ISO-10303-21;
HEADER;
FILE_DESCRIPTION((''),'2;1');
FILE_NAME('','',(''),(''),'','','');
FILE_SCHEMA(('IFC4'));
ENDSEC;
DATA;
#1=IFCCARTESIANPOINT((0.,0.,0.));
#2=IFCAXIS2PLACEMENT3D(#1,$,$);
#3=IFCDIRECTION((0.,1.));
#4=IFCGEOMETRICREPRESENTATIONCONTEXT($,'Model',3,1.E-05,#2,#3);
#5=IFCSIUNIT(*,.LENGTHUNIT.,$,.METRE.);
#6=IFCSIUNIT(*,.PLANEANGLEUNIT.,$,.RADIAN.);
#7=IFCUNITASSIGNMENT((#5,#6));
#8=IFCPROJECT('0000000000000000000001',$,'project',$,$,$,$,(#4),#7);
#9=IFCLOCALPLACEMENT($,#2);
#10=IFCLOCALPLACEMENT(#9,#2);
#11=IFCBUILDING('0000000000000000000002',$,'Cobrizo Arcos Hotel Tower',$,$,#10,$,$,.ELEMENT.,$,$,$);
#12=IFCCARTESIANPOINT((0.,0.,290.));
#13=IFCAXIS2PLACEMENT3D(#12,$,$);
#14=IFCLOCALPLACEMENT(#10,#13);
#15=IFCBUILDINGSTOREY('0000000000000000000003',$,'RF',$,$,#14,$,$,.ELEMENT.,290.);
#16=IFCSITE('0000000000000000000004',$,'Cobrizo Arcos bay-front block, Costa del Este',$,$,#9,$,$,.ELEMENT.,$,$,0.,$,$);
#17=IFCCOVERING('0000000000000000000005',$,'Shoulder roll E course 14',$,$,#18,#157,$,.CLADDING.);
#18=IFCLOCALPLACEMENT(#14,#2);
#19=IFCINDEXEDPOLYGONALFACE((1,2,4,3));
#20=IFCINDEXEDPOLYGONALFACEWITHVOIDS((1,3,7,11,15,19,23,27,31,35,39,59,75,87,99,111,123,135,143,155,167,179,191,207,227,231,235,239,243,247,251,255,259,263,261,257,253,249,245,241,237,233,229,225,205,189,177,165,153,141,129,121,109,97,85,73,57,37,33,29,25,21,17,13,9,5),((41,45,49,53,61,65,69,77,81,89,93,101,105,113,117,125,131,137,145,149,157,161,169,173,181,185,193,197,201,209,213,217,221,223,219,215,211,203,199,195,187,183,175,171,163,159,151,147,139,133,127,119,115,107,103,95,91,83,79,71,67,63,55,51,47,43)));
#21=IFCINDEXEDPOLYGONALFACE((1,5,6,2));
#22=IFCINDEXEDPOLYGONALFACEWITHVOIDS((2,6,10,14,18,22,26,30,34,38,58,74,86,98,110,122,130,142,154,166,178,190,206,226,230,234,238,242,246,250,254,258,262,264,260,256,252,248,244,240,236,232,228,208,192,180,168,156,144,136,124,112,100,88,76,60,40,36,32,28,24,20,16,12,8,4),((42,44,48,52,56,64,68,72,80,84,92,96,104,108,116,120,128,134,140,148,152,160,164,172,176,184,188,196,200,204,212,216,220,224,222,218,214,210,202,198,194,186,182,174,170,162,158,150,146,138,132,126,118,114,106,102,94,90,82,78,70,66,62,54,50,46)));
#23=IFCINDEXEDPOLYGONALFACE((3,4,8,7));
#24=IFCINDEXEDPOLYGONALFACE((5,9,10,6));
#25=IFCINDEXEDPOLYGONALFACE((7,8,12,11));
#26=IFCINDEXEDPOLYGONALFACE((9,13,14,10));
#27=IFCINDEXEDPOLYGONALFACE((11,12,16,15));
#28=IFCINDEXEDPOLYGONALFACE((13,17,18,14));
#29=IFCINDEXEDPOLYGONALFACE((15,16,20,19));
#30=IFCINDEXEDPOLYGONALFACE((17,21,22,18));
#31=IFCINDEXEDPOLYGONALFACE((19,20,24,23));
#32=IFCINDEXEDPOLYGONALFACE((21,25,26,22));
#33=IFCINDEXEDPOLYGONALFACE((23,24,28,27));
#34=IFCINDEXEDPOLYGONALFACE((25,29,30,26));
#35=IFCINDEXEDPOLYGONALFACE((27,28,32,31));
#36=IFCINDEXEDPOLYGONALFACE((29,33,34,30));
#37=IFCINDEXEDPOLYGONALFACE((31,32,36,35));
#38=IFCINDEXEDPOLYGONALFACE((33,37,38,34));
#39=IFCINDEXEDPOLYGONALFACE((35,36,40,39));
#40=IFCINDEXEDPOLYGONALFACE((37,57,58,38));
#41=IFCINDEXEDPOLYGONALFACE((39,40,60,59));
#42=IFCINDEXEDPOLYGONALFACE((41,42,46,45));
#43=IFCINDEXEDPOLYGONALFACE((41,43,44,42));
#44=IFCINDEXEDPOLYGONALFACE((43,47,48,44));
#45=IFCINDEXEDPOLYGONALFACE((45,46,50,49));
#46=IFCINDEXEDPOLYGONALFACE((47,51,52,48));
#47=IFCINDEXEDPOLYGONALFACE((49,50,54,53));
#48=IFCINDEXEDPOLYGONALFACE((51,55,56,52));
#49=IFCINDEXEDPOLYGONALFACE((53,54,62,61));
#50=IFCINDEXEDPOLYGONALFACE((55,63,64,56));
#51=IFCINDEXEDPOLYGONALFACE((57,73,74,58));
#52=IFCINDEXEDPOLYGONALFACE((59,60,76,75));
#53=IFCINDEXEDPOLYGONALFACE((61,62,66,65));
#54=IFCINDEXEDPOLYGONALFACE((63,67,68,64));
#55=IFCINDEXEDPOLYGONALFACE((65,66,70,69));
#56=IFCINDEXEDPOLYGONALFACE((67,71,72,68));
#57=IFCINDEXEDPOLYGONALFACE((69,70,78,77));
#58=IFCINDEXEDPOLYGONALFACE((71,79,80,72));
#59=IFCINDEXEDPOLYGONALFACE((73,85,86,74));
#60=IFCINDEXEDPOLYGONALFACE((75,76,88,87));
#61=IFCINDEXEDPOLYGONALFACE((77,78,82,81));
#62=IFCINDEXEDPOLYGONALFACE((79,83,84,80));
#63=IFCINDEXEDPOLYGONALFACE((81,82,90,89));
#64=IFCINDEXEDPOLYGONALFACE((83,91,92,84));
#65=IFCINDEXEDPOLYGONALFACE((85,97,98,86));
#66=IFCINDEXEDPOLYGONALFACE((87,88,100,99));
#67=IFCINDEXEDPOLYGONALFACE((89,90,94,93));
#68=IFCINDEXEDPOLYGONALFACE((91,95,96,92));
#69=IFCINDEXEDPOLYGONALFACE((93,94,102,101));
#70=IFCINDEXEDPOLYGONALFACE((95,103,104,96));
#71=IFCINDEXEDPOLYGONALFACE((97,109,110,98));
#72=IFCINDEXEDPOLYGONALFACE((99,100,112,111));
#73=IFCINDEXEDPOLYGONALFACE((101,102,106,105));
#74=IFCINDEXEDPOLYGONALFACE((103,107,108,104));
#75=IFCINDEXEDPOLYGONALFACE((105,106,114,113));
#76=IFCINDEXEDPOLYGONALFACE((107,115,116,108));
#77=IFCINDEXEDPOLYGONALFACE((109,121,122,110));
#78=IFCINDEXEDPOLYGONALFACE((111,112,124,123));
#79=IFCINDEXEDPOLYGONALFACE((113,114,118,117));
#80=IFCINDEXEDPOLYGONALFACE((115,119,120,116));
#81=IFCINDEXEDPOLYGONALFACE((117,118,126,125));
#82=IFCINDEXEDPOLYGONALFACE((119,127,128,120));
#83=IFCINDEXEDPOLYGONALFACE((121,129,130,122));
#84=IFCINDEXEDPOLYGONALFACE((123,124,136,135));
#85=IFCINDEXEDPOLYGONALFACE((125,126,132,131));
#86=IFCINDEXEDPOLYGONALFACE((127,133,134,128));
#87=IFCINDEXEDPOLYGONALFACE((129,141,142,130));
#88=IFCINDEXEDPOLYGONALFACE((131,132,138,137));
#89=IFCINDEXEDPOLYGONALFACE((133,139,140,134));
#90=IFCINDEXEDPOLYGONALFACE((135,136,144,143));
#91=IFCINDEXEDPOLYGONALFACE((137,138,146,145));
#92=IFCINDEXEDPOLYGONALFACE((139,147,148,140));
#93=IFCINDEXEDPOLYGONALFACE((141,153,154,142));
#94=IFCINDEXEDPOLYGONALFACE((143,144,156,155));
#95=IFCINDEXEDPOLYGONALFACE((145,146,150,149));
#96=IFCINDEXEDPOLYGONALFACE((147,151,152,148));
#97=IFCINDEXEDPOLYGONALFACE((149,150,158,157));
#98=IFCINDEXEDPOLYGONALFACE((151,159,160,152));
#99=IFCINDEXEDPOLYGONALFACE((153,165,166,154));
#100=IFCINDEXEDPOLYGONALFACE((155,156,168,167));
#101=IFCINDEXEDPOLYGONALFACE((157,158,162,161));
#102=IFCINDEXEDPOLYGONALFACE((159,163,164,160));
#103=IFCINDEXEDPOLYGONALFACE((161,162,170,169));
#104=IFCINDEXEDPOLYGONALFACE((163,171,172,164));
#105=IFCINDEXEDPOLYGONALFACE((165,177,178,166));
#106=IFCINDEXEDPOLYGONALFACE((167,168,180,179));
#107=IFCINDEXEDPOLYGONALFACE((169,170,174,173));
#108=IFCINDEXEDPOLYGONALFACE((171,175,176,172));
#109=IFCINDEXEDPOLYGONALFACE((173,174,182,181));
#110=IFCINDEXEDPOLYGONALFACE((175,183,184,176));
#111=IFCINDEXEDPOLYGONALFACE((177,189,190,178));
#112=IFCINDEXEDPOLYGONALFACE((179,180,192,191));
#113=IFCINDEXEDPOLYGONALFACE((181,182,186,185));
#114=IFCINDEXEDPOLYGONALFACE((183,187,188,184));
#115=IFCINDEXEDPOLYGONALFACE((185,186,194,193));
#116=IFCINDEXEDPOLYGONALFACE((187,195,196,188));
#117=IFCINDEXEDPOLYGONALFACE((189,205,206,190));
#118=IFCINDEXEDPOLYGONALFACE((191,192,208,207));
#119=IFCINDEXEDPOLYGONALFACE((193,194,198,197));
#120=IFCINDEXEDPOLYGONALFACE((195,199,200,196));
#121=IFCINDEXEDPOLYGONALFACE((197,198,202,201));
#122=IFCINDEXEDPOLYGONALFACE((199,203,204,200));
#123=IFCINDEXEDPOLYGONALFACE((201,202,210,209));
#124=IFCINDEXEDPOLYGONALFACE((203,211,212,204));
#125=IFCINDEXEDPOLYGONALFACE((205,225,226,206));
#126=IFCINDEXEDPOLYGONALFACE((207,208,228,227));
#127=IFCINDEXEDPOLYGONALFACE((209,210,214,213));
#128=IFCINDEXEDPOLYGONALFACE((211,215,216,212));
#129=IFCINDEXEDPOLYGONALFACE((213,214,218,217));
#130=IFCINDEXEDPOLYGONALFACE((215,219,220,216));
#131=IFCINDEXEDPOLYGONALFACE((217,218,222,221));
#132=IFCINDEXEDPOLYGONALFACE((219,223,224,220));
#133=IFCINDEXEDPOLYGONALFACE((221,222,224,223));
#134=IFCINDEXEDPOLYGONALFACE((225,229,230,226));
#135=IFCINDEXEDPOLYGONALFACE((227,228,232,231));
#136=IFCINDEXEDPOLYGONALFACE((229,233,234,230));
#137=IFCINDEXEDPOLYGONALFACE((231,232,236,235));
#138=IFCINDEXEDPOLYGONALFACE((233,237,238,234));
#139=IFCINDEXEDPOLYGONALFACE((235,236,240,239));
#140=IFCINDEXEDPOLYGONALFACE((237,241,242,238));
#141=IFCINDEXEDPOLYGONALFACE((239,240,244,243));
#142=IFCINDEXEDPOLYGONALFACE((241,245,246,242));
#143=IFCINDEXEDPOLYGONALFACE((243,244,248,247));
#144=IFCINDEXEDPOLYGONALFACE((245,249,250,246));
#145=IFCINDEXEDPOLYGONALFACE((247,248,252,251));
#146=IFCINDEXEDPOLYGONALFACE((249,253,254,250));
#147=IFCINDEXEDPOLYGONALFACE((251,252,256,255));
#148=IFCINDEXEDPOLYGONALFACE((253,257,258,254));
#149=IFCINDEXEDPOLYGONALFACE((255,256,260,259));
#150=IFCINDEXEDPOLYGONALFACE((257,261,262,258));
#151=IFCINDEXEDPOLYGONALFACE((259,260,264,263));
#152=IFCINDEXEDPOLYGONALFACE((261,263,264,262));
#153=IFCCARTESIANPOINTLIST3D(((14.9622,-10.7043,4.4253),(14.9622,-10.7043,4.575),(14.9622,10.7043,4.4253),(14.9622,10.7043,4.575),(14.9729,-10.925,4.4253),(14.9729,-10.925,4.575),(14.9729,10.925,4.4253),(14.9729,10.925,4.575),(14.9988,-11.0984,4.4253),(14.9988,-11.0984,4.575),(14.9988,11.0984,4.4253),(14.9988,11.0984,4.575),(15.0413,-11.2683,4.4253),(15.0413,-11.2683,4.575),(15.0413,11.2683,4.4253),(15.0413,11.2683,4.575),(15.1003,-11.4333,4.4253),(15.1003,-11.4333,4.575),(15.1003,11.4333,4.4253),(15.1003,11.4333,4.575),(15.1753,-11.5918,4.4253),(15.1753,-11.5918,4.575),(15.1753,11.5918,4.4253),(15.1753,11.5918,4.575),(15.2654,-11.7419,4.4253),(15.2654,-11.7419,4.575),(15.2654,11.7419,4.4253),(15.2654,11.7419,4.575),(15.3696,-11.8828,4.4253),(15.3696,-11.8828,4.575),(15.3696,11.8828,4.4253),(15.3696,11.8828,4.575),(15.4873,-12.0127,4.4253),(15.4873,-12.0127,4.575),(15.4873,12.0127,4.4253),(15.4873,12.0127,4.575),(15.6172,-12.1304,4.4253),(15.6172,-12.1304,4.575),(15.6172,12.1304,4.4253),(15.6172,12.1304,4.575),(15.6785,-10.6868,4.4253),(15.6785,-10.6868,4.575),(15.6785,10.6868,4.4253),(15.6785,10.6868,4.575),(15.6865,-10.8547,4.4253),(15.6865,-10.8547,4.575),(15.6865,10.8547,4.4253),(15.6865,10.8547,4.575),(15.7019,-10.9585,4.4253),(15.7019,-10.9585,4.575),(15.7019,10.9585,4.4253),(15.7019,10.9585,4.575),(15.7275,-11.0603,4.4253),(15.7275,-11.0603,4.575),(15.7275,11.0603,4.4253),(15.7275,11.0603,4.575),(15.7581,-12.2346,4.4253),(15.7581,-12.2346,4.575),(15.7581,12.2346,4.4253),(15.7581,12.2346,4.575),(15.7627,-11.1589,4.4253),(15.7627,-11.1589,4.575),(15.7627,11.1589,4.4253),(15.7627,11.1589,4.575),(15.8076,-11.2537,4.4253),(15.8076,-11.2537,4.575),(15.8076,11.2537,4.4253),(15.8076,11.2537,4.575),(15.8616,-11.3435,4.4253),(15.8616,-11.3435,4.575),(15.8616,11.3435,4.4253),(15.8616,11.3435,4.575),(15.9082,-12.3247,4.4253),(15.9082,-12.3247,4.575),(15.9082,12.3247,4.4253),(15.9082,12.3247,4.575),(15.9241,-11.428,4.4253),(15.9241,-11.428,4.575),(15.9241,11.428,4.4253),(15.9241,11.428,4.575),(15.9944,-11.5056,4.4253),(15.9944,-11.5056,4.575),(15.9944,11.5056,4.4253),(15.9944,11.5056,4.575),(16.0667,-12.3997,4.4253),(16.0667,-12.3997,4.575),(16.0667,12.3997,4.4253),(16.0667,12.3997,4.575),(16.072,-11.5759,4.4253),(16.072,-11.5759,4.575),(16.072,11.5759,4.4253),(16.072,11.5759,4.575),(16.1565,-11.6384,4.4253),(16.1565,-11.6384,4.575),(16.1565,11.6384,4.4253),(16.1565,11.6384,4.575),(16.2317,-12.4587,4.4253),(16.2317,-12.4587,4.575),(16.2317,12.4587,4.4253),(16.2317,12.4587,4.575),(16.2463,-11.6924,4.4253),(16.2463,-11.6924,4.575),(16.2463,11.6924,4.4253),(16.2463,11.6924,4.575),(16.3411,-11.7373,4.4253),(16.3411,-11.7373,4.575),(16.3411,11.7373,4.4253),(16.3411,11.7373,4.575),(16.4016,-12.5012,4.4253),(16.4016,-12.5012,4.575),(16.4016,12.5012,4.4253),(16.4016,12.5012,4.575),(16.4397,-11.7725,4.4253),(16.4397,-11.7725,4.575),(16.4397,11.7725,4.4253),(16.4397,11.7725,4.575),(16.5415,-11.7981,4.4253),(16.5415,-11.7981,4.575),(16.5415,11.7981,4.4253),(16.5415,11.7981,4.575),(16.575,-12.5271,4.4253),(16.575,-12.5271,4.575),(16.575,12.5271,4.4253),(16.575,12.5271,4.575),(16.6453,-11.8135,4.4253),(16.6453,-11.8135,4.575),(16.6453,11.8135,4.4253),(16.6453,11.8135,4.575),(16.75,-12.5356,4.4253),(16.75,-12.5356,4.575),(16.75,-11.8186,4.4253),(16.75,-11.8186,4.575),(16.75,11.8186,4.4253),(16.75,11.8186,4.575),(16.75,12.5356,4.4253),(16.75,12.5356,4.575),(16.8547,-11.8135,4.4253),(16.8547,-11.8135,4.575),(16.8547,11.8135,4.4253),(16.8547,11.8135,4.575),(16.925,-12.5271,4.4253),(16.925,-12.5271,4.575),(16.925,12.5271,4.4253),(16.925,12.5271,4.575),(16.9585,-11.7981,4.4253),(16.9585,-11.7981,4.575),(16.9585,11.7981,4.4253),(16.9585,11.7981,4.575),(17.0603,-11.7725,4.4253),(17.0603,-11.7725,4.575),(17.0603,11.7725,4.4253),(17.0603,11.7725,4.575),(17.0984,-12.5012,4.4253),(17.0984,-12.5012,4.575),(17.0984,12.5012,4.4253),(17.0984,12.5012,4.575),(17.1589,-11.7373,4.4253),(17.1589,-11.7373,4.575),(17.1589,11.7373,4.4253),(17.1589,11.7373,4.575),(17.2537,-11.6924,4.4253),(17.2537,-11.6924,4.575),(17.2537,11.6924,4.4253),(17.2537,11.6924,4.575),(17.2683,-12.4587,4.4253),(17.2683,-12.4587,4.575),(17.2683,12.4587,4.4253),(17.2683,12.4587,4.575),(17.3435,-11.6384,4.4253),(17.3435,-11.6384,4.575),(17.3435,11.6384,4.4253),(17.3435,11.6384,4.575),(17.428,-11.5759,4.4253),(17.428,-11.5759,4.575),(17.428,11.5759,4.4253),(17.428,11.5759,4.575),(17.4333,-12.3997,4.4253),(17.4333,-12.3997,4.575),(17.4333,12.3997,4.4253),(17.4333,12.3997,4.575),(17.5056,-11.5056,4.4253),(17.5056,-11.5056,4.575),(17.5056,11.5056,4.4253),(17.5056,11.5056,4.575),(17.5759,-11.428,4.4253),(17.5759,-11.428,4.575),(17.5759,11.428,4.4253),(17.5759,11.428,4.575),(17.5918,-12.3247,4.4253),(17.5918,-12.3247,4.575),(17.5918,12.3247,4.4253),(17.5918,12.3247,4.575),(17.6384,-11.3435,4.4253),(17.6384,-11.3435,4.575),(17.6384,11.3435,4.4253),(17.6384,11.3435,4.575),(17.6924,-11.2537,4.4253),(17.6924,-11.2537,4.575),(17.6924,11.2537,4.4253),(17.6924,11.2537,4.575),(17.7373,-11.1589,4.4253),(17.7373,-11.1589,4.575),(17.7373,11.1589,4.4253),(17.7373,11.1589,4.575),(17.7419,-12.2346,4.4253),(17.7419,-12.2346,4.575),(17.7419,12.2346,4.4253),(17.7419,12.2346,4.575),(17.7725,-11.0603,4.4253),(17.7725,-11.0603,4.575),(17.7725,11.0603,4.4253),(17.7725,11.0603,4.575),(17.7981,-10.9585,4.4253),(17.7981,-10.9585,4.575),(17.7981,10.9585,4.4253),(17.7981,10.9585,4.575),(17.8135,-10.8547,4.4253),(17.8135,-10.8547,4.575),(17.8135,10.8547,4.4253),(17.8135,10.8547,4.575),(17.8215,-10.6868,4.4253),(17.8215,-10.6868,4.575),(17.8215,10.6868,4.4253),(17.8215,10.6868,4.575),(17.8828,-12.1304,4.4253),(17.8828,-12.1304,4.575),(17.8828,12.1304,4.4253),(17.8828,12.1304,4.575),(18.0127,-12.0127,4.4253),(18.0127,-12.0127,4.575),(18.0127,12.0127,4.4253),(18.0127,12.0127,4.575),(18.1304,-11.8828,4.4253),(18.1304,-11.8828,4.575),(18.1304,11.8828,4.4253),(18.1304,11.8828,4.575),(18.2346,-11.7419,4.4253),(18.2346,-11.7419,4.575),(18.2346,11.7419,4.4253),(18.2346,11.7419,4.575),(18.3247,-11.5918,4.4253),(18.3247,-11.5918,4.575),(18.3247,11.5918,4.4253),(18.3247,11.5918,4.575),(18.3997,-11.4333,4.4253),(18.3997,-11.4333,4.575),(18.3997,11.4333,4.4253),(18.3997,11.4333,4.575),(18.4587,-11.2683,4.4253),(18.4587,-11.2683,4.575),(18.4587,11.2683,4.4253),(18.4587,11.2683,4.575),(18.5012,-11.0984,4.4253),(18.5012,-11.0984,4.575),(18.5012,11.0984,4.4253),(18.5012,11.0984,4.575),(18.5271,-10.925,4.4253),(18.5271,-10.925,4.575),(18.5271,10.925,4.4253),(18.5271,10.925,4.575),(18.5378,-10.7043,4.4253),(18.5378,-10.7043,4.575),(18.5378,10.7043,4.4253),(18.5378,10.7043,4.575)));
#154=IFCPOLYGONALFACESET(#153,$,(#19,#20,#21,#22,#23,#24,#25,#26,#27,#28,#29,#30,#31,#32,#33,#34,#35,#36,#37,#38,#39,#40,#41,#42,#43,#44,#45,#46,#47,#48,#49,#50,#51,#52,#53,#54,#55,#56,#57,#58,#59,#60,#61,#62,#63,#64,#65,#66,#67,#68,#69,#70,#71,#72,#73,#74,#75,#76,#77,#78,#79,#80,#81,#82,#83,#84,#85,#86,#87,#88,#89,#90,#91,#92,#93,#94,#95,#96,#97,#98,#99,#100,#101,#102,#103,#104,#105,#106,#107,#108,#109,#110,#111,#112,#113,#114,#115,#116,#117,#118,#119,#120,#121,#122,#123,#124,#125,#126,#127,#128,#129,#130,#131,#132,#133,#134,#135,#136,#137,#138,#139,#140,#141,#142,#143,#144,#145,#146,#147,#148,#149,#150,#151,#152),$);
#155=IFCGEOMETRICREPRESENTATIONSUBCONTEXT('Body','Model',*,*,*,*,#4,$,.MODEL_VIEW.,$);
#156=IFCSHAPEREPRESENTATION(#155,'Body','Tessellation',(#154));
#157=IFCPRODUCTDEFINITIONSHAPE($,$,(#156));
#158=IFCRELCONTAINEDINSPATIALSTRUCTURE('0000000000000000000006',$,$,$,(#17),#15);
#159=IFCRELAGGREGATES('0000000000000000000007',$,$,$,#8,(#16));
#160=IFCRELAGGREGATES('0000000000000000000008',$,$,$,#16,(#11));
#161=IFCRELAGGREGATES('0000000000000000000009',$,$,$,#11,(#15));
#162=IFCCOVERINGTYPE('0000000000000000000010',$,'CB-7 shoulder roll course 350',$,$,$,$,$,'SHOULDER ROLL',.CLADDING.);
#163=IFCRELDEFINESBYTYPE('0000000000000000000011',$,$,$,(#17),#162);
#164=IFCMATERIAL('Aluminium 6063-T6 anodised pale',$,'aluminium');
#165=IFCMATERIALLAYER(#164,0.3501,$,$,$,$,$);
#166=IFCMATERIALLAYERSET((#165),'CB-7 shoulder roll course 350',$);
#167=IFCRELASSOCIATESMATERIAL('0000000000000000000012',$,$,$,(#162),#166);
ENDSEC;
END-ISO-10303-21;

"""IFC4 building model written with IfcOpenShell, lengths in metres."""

from ifc_helpers import new_model, si_unit, direction, frame, origin, place, context, subcontext, project, spatial, polyline, outline, extrude, material, layer, layer_set, type_object, element, save


model = new_model("IFC4")

# Units and contexts
model_context = context("Model", 3, precision=1e-05, world=origin(), true_north=direction((0.0, 1.0)))
body_context = subcontext(model_context, "Body", "Model", "MODEL_VIEW")
ifc_project = project(units=[si_unit("LENGTHUNIT", "METRE"), si_unit("PLANEANGLEUNIT", "RADIAN")], contexts=[model_context])

# Site, building, storey
site_placement = place(None, origin())
site = spatial("IfcSite", under=ifc_project, at=site_placement, Name="Cobrizo Arcos bay-front block, Costa del Este", CompositionType="ELEMENT", RefElevation=0.0)
building_placement = place(site_placement, origin())
building = spatial("IfcBuilding", under=site, at=building_placement, Name="Cobrizo Arcos Hotel Tower", CompositionType="ELEMENT")
storey_placement = place(building_placement, frame((0.0, 0.0, 290.0)))
storey = spatial("IfcBuildingStorey", under=building, at=storey_placement, Name="RF", CompositionType="ELEMENT", Elevation=290.0)

# Covering
ifc_material_1 = material(Name="Aluminium 6063-T6 anodised pale", Category="aluminium")
ifc_layer_1 = layer(ifc_material_1, 0.3501)
ifc_layer_set_1 = layer_set([ifc_layer_1], Name="CB-7 shoulder roll course 350")
covering_type_1 = type_object("IfcCoveringType", Name="CB-7 shoulder roll course 350", ElementType="SHOULDER ROLL", PredefinedType="CLADDING", material=ifc_layer_set_1)
covering_1_placement = place(storey_placement, frame((0.0, 0.0, 4.4253)))
element("IfcCovering", 1, at=covering_1_placement, inside=storey, type_object=covering_type_1, Name="Shoulder roll E course 14", PredefinedType="CLADDING", context=body_context, shape_type="SweptSolid", body=[
    extrude(outline(polyline([(14.9622, 10.7043), (14.9729, 10.925), (14.9988, 11.0984), (15.0413, 11.2683), (15.1003, 11.4333), (15.1753, 11.5918), (15.2654, 11.7419), (15.3696, 11.8828), (15.4873, 12.0127), (15.6172, 12.1304), (15.7581, 12.2346), (15.9082, 12.3247), (16.0667, 12.3997), (16.2317, 12.4587), (16.4016, 12.5012), (16.575, 12.5271), (16.75, 12.5356), (16.925, 12.5271), (17.0984, 12.5012), (17.2683, 12.4587), (17.4333, 12.3997), (17.5918, 12.3247), (17.7419, 12.2346), (17.8828, 12.1304), (18.0127, 12.0127), (18.1304, 11.8828), (18.2346, 11.7419), (18.3247, 11.5918), (18.3997, 11.4333), (18.4587, 11.2683), (18.5012, 11.0984), (18.5271, 10.925), (18.5378, 10.7043), (18.5378, -10.7043), (18.5271, -10.925), (18.5012, -11.0984), (18.4587, -11.2683), (18.3997, -11.4333), (18.3247, -11.5918), (18.2346, -11.7419), (18.1304, -11.8828), (18.0127, -12.0127), (17.8828, -12.1304), (17.7419, -12.2346), (17.5918, -12.3247), (17.4333, -12.3997), (17.2683, -12.4587), (17.0984, -12.5012), (16.925, -12.5271), (16.75, -12.5356), (16.575, -12.5271), (16.4016, -12.5012), (16.2317, -12.4587), (16.0667, -12.3997), (15.9082, -12.3247), (15.7581, -12.2346), (15.6172, -12.1304), (15.4873, -12.0127), (15.3696, -11.8828), (15.2654, -11.7419), (15.1753, -11.5918), (15.1003, -11.4333), (15.0413, -11.2683), (14.9988, -11.0984), (14.9729, -10.925), (14.9622, -10.7043), (14.9622, 10.7043)]), holes=[polyline([(15.6785, 10.6868), (15.6865, 10.8547), (15.7019, 10.9585), (15.7275, 11.0603), (15.7627, 11.1589), (15.8076, 11.2537), (15.8616, 11.3435), (15.9241, 11.428), (15.9944, 11.5056), (16.072, 11.5759), (16.1565, 11.6384), (16.2463, 11.6924), (16.3411, 11.7373), (16.4397, 11.7725), (16.5415, 11.7981), (16.6453, 11.8135), (16.75, 11.8186), (16.8547, 11.8135), (16.9585, 11.7981), (17.0603, 11.7725), (17.1589, 11.7373), (17.2537, 11.6924), (17.3435, 11.6384), (17.428, 11.5759), (17.5056, 11.5056), (17.5759, 11.428), (17.6384, 11.3435), (17.6924, 11.2537), (17.7373, 11.1589), (17.7725, 11.0603), (17.7981, 10.9585), (17.8135, 10.8547), (17.8215, 10.6868), (17.8215, -10.6868), (17.8135, -10.8547), (17.7981, -10.9585), (17.7725, -11.0603), (17.7373, -11.1589), (17.6924, -11.2537), (17.6384, -11.3435), (17.5759, -11.428), (17.5056, -11.5056), (17.428, -11.5759), (17.3435, -11.6384), (17.2537, -11.6924), (17.1589, -11.7373), (17.0603, -11.7725), (16.9585, -11.7981), (16.8547, -11.8135), (16.75, -11.8186), (16.6453, -11.8135), (16.5415, -11.7981), (16.4397, -11.7725), (16.3411, -11.7373), (16.2463, -11.6924), (16.1565, -11.6384), (16.072, -11.5759), (15.9944, -11.5056), (15.9241, -11.428), (15.8616, -11.3435), (15.8076, -11.2537), (15.7627, -11.1589), (15.7275, -11.0603), (15.7019, -10.9585), (15.6865, -10.8547), (15.6785, -10.6868), (15.6785, 10.6868)])]), origin(), (0.0, 0.0, 1.0), 0.1497),
])

save(model, "model.ifc")
